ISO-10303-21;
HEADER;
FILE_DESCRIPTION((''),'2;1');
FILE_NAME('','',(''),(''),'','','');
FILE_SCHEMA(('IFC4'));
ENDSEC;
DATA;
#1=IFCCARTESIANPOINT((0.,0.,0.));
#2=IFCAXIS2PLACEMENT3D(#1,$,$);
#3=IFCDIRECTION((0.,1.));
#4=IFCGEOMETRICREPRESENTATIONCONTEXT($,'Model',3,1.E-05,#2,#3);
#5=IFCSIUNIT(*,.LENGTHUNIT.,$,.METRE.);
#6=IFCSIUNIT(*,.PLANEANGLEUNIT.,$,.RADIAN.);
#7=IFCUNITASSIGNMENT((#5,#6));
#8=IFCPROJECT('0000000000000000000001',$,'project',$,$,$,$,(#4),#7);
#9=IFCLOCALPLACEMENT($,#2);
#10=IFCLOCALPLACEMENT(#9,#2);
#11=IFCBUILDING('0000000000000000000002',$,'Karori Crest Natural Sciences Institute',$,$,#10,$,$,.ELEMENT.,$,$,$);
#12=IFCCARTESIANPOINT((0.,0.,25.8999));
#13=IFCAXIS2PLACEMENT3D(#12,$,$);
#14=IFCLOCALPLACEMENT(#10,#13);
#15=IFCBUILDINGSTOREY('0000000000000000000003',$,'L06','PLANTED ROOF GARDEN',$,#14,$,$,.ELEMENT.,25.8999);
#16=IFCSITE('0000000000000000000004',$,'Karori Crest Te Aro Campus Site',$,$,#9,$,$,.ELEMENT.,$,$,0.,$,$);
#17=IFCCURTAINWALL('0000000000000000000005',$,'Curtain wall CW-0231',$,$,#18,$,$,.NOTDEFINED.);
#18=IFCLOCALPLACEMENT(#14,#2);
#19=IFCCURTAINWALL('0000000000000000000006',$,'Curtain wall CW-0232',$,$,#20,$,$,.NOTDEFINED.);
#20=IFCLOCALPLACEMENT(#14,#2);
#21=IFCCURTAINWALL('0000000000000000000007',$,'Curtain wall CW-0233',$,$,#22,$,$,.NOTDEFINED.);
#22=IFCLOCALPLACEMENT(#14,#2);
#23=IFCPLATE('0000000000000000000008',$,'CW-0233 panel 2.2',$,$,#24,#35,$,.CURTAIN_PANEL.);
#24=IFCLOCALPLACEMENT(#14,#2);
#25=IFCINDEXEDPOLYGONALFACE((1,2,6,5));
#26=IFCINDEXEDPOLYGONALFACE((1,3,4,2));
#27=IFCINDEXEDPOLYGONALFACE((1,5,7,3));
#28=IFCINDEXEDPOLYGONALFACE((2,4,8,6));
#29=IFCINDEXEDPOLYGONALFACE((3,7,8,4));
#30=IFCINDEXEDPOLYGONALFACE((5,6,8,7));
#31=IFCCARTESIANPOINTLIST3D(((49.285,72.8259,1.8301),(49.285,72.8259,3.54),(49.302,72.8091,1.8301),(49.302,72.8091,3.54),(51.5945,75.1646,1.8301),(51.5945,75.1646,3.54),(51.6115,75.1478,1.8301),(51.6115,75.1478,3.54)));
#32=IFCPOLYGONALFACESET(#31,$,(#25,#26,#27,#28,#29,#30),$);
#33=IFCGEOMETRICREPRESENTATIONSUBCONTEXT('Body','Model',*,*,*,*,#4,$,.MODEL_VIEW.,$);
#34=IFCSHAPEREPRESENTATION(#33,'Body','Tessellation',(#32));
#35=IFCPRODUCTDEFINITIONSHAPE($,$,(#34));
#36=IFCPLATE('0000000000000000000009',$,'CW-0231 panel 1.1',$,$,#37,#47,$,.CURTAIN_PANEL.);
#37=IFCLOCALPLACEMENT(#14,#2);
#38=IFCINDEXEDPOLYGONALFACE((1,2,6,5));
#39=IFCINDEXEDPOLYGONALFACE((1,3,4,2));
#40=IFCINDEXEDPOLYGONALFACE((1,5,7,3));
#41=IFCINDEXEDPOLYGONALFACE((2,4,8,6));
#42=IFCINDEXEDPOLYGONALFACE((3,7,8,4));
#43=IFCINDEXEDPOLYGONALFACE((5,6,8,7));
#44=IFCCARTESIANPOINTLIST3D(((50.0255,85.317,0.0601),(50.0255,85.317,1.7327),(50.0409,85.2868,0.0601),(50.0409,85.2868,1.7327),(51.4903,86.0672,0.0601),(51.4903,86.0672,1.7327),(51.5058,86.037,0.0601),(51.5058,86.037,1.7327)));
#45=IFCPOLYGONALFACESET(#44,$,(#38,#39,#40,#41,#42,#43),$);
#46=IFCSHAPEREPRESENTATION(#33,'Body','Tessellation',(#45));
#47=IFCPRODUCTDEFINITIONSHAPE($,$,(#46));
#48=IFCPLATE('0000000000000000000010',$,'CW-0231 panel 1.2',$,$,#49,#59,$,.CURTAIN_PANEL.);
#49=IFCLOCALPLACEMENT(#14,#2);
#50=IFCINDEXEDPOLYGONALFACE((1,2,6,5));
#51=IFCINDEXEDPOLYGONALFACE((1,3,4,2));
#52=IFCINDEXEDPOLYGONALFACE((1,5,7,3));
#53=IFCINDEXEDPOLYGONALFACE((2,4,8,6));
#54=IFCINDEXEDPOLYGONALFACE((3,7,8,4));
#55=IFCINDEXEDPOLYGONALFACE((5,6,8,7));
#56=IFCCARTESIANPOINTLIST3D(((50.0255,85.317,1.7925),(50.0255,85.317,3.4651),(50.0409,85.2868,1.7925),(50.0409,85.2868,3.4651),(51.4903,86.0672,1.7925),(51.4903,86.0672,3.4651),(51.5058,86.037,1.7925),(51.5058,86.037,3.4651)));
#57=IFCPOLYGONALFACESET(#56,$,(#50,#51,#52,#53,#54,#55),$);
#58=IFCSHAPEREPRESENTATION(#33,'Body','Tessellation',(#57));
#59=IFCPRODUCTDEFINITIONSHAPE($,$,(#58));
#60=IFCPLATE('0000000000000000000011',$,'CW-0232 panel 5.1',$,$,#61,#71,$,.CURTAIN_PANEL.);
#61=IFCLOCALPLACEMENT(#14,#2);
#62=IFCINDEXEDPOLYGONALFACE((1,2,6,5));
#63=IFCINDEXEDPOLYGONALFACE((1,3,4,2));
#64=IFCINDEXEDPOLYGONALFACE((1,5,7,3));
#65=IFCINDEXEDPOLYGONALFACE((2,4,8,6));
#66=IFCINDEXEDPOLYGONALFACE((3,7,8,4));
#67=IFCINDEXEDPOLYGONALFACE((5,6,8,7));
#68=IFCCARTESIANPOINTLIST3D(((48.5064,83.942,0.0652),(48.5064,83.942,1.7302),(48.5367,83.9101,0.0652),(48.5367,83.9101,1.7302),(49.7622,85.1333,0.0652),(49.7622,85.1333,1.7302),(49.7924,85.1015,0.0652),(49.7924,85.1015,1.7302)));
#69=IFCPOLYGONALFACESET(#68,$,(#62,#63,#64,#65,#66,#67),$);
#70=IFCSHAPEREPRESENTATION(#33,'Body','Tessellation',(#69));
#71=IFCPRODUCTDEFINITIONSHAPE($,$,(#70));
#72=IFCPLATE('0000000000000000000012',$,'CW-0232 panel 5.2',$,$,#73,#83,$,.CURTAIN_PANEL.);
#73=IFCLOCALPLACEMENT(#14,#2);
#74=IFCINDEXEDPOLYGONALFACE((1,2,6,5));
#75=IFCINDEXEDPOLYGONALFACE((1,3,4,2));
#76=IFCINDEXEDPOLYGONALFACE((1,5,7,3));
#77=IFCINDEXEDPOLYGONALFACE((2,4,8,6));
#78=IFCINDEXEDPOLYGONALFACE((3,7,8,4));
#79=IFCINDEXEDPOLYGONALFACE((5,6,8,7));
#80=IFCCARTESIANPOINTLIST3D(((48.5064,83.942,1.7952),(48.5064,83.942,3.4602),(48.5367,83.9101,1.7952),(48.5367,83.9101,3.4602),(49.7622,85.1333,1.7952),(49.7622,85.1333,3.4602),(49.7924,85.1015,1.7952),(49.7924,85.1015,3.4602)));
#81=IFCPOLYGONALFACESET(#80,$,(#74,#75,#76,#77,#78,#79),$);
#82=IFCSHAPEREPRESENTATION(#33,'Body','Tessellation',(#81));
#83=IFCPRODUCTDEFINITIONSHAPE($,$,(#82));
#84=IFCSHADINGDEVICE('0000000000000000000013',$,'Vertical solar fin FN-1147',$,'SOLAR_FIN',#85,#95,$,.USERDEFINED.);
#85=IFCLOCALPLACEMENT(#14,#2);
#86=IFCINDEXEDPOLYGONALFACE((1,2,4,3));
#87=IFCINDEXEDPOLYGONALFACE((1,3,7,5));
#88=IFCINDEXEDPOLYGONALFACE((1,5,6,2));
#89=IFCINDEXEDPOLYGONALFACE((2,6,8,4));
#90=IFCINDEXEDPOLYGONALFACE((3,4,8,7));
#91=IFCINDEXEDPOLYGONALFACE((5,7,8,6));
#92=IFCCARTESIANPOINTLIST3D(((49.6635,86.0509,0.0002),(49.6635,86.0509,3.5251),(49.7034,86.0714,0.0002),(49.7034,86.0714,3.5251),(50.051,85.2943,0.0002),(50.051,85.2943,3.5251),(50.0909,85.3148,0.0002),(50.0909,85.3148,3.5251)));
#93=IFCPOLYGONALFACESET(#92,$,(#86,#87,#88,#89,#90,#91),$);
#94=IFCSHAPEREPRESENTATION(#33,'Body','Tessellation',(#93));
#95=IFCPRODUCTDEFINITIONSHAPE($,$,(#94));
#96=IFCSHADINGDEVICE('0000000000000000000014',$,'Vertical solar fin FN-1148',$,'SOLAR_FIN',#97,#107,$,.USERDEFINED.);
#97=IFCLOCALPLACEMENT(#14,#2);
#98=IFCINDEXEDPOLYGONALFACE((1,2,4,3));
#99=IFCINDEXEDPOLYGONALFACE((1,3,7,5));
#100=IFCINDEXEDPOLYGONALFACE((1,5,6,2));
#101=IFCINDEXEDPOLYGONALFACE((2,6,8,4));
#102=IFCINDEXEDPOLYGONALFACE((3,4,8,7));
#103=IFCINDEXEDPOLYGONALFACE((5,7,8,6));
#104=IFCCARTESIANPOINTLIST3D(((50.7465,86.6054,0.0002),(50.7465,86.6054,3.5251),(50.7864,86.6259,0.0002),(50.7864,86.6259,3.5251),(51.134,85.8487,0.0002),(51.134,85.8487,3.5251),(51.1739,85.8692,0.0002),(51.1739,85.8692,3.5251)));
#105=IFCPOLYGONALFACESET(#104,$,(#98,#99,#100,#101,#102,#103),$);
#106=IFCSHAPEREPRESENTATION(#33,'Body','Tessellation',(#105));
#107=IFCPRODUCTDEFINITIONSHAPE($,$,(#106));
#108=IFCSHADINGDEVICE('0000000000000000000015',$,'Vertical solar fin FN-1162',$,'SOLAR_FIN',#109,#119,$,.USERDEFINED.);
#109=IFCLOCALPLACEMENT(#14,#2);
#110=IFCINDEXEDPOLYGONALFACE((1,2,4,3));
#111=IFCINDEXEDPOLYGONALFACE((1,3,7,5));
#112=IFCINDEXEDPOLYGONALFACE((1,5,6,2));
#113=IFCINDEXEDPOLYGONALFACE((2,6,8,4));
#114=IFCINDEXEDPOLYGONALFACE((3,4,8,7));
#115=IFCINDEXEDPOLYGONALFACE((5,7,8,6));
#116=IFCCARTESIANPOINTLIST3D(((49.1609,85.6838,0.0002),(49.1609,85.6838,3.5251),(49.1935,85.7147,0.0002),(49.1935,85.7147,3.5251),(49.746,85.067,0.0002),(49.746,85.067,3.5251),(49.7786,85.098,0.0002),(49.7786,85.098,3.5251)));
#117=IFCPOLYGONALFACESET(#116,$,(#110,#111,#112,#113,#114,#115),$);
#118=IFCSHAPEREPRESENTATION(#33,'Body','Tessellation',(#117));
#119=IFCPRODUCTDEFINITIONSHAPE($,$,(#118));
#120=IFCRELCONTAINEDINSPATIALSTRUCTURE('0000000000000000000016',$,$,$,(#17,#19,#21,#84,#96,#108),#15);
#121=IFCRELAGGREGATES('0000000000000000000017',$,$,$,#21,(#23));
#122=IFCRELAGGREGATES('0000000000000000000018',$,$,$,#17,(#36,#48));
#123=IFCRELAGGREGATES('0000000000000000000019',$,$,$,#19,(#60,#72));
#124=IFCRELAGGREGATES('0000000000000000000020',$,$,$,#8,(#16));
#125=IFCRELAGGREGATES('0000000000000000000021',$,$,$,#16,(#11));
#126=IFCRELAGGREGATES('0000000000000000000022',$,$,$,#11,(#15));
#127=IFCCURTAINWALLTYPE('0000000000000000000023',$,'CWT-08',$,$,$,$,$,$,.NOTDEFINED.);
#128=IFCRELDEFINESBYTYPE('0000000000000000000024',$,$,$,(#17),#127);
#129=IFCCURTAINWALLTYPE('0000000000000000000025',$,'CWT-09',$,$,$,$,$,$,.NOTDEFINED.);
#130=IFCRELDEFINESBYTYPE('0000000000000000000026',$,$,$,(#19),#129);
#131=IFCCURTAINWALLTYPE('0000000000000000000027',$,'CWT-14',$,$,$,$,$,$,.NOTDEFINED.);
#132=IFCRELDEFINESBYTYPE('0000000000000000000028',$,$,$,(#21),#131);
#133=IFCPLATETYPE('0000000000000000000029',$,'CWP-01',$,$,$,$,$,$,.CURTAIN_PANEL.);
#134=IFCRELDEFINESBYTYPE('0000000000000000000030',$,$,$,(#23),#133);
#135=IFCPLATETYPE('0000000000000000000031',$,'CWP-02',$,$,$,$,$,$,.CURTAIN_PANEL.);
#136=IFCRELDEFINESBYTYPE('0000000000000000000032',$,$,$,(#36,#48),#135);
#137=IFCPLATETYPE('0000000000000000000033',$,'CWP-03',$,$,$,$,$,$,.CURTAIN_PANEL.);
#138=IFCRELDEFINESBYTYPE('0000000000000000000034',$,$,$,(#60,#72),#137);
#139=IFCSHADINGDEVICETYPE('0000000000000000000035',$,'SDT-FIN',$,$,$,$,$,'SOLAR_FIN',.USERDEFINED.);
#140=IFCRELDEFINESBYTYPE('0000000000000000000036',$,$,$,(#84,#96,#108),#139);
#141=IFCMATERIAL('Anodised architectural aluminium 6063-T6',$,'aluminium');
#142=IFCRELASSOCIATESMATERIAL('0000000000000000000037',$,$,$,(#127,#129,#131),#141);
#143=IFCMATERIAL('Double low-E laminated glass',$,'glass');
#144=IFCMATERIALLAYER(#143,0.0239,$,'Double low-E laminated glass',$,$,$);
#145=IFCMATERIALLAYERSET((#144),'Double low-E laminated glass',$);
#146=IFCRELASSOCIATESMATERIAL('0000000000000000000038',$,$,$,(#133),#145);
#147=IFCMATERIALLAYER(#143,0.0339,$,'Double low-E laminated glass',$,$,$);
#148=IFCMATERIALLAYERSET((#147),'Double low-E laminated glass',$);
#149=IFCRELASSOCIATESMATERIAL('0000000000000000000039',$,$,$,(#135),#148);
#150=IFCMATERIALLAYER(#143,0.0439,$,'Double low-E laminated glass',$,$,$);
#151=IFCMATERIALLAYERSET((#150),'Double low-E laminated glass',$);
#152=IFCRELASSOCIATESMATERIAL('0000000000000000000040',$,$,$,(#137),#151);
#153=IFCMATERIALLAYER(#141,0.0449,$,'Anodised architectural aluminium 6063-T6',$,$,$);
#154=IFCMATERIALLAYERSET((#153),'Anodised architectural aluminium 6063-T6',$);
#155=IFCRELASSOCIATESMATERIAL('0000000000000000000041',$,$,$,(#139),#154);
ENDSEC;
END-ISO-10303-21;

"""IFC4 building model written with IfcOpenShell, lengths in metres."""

from ifc_helpers import new_model, si_unit, direction, frame, origin, origin_2d, place, context, subcontext, project, spatial, rectangle, extrude, material, layer, layer_set, type_object, element, aggregate, save


model = new_model("IFC4")

# Units and contexts
model_context = context("Model", 3, precision=1e-05, world=origin(), true_north=direction((0.0, 1.0)))
body_context = subcontext(model_context, "Body", "Model", "MODEL_VIEW")
ifc_project = project(units=[si_unit("LENGTHUNIT", "METRE"), si_unit("PLANEANGLEUNIT", "RADIAN")], contexts=[model_context])

# Site, building, storey
site_placement = place(None, origin())
site = spatial("IfcSite", under=ifc_project, at=site_placement, Name="Karori Crest Te Aro Campus Site", CompositionType="ELEMENT", RefElevation=0.0)
building_placement = place(site_placement, origin())
building = spatial("IfcBuilding", under=site, at=building_placement, Name="Karori Crest Natural Sciences Institute", CompositionType="ELEMENT")
storey_placement = place(building_placement, frame((0.0, 0.0, 25.8999)))
storey = spatial("IfcBuildingStorey", under=building, at=storey_placement, Name="L06", Description="PLANTED ROOF GARDEN", CompositionType="ELEMENT", Elevation=25.8999)

# Curtain wall
ifc_material_1 = material(Name="Anodised architectural aluminium 6063-T6", Category="aluminium")
curtain_wall_type_1 = type_object("IfcCurtainWallType", Name="CWT-08", PredefinedType="NOTDEFINED", material=ifc_material_1)
curtain_wall_1_placement = place(storey_placement, origin())
curtain_wall_1 = element("IfcCurtainWall", 1, at=curtain_wall_1_placement, inside=storey, type_object=curtain_wall_type_1, Name="Curtain wall CW-0231", PredefinedType="NOTDEFINED")

# Curtain wall
curtain_wall_type_2 = type_object("IfcCurtainWallType", Name="CWT-09", PredefinedType="NOTDEFINED", material=ifc_material_1)
curtain_wall_2_placement = place(storey_placement, origin())
curtain_wall_2 = element("IfcCurtainWall", 2, at=curtain_wall_2_placement, inside=storey, type_object=curtain_wall_type_2, Name="Curtain wall CW-0232", PredefinedType="NOTDEFINED")

# Curtain wall
curtain_wall_type_3 = type_object("IfcCurtainWallType", Name="CWT-14", PredefinedType="NOTDEFINED", material=ifc_material_1)
curtain_wall_3_placement = place(storey_placement, origin())
curtain_wall_3 = element("IfcCurtainWall", 3, at=curtain_wall_3_placement, inside=storey, type_object=curtain_wall_type_3, Name="Curtain wall CW-0233", PredefinedType="NOTDEFINED")

# Plates
ifc_material_2 = material(Name="Double low-E laminated glass", Category="glass")
ifc_layer_1 = layer(ifc_material_2, 0.0239, Name="Double low-E laminated glass")
ifc_layer_set_1 = layer_set([ifc_layer_1], Name="Double low-E laminated glass")
plate_type_1 = type_object("IfcPlateType", Name="CWP-01", PredefinedType="CURTAIN_PANEL", material=ifc_layer_set_1)
plate_1_placement = place(storey_placement, frame((50.4482, 73.9868, 1.8301), z_axis=(0.0, 0.0, 1.0), x_axis=(-0.702661, -0.711525, 0.0)))
plate_1 = element("IfcPlate", 4, at=plate_1_placement, type_object=plate_type_1, Name="CW-0233 panel 2.2", PredefinedType="CURTAIN_PANEL", context=body_context, shape_type="SweptSolid", body=[
    extrude(rectangle(XDim=3.2869, YDim=0.0239, at=origin_2d()), origin(), (0.0, 0.0, 1.0), 1.71),
])
aggregate(curtain_wall_3, [plate_1])
ifc_layer_2 = layer(ifc_material_2, 0.0339, Name="Double low-E laminated glass")
ifc_layer_set_2 = layer_set([ifc_layer_2], Name="Double low-E laminated glass")
plate_type_2 = type_object("IfcPlateType", Name="CWP-02", PredefinedType="CURTAIN_PANEL", material=ifc_layer_set_2)
plate_2_placement = place(storey_placement, frame((50.7656, 85.677, 0.0601), z_axis=(0.0, 0.0, 1.0), x_axis=(0.890067, 0.455829, 0.0)))
plate_2 = element("IfcPlate", 5, at=plate_2_placement, type_object=plate_type_2, Name="CW-0231 panel 1.1", PredefinedType="CURTAIN_PANEL", context=body_context, shape_type="SweptSolid", body=[
    extrude(rectangle(XDim=1.6458, YDim=0.0339, at=origin_2d()), origin(), (0.0, 0.0, 1.0), 1.6726),
])
plate_3_placement = place(storey_placement, frame((50.7656, 85.677, 1.7925), z_axis=(0.0, 0.0, 1.0), x_axis=(0.890067, 0.455829, 0.0)))
plate_3 = element("IfcPlate", 6, at=plate_3_placement, type_object=plate_type_2, Name="CW-0231 panel 1.2", PredefinedType="CURTAIN_PANEL", context=body_context, shape_type="SweptSolid", body=[
    extrude(rectangle(XDim=1.6458, YDim=0.0339, at=origin_2d()), origin(), (0.0, 0.0, 1.0), 1.6726),
])
aggregate(curtain_wall_1, [plate_2, plate_3])
ifc_layer_3 = layer(ifc_material_2, 0.0439, Name="Double low-E laminated glass")
ifc_layer_set_3 = layer_set([ifc_layer_3], Name="Double low-E laminated glass")
plate_type_3 = type_object("IfcPlateType", Name="CWP-03", PredefinedType="CURTAIN_PANEL", material=ifc_layer_set_3)
plate_4_placement = place(storey_placement, frame((49.1494, 84.5217, 0.0652), z_axis=(0.0, 0.0, 1.0), x_axis=(0.725473, 0.688251, 0.0)))
plate_4 = element("IfcPlate", 7, at=plate_4_placement, type_object=plate_type_3, Name="CW-0232 panel 5.1", PredefinedType="CURTAIN_PANEL", context=body_context, shape_type="SweptSolid", body=[
    extrude(rectangle(XDim=1.731, YDim=0.0439, at=origin_2d()), origin(), (0.0, 0.0, 1.0), 1.665),
])
plate_5_placement = place(storey_placement, frame((49.1494, 84.5217, 1.7952), z_axis=(0.0, 0.0, 1.0), x_axis=(0.725473, 0.688251, 0.0)))
plate_5 = element("IfcPlate", 8, at=plate_5_placement, type_object=plate_type_3, Name="CW-0232 panel 5.2", PredefinedType="CURTAIN_PANEL", context=body_context, shape_type="SweptSolid", body=[
    extrude(rectangle(XDim=1.731, YDim=0.0439, at=origin_2d()), origin(), (0.0, 0.0, 1.0), 1.665),
])
aggregate(curtain_wall_2, [plate_4, plate_5])

# Shading devices
ifc_layer_4 = layer(ifc_material_1, 0.0449, Name="Anodised architectural aluminium 6063-T6")
ifc_layer_set_4 = layer_set([ifc_layer_4], Name="Anodised architectural aluminium 6063-T6")
shading_device_type = type_object("IfcShadingDeviceType", Name="SDT-FIN", ElementType="SOLAR_FIN", PredefinedType="USERDEFINED", material=ifc_layer_set_4)
for number, where, z_axis, x_axis, name in (
    (9, (49.8772, 85.6829, 0.0002), (0.0, 0.0, 1.0), (-0.455829, 0.890067, 0.0), "Vertical solar fin FN-1147"),
    (10, (50.9602, 86.2373, 0.0002), (0.0, 0.0, 1.0), (-0.455829, 0.890067, 0.0), "Vertical solar fin FN-1148"),
    (11, (49.4697, 85.3909, 0.0002), (0.0, 0.0, 1.0), (-0.688251, 0.725473, 0.0), "Vertical solar fin FN-1162"),
):
    element("IfcShadingDevice", number, at=place(storey_placement, frame(where, z_axis=z_axis, x_axis=x_axis)), inside=storey, type_object=shading_device_type, Name=name, ObjectType="SOLAR_FIN", PredefinedType="USERDEFINED", context=body_context, shape_type="SweptSolid", body=[
        extrude(rectangle(XDim=0.8501, YDim=0.0449, at=origin_2d()), origin(), (0.0, 0.0, 1.0), 3.5249),
    ])

save(model, "model.ifc")
